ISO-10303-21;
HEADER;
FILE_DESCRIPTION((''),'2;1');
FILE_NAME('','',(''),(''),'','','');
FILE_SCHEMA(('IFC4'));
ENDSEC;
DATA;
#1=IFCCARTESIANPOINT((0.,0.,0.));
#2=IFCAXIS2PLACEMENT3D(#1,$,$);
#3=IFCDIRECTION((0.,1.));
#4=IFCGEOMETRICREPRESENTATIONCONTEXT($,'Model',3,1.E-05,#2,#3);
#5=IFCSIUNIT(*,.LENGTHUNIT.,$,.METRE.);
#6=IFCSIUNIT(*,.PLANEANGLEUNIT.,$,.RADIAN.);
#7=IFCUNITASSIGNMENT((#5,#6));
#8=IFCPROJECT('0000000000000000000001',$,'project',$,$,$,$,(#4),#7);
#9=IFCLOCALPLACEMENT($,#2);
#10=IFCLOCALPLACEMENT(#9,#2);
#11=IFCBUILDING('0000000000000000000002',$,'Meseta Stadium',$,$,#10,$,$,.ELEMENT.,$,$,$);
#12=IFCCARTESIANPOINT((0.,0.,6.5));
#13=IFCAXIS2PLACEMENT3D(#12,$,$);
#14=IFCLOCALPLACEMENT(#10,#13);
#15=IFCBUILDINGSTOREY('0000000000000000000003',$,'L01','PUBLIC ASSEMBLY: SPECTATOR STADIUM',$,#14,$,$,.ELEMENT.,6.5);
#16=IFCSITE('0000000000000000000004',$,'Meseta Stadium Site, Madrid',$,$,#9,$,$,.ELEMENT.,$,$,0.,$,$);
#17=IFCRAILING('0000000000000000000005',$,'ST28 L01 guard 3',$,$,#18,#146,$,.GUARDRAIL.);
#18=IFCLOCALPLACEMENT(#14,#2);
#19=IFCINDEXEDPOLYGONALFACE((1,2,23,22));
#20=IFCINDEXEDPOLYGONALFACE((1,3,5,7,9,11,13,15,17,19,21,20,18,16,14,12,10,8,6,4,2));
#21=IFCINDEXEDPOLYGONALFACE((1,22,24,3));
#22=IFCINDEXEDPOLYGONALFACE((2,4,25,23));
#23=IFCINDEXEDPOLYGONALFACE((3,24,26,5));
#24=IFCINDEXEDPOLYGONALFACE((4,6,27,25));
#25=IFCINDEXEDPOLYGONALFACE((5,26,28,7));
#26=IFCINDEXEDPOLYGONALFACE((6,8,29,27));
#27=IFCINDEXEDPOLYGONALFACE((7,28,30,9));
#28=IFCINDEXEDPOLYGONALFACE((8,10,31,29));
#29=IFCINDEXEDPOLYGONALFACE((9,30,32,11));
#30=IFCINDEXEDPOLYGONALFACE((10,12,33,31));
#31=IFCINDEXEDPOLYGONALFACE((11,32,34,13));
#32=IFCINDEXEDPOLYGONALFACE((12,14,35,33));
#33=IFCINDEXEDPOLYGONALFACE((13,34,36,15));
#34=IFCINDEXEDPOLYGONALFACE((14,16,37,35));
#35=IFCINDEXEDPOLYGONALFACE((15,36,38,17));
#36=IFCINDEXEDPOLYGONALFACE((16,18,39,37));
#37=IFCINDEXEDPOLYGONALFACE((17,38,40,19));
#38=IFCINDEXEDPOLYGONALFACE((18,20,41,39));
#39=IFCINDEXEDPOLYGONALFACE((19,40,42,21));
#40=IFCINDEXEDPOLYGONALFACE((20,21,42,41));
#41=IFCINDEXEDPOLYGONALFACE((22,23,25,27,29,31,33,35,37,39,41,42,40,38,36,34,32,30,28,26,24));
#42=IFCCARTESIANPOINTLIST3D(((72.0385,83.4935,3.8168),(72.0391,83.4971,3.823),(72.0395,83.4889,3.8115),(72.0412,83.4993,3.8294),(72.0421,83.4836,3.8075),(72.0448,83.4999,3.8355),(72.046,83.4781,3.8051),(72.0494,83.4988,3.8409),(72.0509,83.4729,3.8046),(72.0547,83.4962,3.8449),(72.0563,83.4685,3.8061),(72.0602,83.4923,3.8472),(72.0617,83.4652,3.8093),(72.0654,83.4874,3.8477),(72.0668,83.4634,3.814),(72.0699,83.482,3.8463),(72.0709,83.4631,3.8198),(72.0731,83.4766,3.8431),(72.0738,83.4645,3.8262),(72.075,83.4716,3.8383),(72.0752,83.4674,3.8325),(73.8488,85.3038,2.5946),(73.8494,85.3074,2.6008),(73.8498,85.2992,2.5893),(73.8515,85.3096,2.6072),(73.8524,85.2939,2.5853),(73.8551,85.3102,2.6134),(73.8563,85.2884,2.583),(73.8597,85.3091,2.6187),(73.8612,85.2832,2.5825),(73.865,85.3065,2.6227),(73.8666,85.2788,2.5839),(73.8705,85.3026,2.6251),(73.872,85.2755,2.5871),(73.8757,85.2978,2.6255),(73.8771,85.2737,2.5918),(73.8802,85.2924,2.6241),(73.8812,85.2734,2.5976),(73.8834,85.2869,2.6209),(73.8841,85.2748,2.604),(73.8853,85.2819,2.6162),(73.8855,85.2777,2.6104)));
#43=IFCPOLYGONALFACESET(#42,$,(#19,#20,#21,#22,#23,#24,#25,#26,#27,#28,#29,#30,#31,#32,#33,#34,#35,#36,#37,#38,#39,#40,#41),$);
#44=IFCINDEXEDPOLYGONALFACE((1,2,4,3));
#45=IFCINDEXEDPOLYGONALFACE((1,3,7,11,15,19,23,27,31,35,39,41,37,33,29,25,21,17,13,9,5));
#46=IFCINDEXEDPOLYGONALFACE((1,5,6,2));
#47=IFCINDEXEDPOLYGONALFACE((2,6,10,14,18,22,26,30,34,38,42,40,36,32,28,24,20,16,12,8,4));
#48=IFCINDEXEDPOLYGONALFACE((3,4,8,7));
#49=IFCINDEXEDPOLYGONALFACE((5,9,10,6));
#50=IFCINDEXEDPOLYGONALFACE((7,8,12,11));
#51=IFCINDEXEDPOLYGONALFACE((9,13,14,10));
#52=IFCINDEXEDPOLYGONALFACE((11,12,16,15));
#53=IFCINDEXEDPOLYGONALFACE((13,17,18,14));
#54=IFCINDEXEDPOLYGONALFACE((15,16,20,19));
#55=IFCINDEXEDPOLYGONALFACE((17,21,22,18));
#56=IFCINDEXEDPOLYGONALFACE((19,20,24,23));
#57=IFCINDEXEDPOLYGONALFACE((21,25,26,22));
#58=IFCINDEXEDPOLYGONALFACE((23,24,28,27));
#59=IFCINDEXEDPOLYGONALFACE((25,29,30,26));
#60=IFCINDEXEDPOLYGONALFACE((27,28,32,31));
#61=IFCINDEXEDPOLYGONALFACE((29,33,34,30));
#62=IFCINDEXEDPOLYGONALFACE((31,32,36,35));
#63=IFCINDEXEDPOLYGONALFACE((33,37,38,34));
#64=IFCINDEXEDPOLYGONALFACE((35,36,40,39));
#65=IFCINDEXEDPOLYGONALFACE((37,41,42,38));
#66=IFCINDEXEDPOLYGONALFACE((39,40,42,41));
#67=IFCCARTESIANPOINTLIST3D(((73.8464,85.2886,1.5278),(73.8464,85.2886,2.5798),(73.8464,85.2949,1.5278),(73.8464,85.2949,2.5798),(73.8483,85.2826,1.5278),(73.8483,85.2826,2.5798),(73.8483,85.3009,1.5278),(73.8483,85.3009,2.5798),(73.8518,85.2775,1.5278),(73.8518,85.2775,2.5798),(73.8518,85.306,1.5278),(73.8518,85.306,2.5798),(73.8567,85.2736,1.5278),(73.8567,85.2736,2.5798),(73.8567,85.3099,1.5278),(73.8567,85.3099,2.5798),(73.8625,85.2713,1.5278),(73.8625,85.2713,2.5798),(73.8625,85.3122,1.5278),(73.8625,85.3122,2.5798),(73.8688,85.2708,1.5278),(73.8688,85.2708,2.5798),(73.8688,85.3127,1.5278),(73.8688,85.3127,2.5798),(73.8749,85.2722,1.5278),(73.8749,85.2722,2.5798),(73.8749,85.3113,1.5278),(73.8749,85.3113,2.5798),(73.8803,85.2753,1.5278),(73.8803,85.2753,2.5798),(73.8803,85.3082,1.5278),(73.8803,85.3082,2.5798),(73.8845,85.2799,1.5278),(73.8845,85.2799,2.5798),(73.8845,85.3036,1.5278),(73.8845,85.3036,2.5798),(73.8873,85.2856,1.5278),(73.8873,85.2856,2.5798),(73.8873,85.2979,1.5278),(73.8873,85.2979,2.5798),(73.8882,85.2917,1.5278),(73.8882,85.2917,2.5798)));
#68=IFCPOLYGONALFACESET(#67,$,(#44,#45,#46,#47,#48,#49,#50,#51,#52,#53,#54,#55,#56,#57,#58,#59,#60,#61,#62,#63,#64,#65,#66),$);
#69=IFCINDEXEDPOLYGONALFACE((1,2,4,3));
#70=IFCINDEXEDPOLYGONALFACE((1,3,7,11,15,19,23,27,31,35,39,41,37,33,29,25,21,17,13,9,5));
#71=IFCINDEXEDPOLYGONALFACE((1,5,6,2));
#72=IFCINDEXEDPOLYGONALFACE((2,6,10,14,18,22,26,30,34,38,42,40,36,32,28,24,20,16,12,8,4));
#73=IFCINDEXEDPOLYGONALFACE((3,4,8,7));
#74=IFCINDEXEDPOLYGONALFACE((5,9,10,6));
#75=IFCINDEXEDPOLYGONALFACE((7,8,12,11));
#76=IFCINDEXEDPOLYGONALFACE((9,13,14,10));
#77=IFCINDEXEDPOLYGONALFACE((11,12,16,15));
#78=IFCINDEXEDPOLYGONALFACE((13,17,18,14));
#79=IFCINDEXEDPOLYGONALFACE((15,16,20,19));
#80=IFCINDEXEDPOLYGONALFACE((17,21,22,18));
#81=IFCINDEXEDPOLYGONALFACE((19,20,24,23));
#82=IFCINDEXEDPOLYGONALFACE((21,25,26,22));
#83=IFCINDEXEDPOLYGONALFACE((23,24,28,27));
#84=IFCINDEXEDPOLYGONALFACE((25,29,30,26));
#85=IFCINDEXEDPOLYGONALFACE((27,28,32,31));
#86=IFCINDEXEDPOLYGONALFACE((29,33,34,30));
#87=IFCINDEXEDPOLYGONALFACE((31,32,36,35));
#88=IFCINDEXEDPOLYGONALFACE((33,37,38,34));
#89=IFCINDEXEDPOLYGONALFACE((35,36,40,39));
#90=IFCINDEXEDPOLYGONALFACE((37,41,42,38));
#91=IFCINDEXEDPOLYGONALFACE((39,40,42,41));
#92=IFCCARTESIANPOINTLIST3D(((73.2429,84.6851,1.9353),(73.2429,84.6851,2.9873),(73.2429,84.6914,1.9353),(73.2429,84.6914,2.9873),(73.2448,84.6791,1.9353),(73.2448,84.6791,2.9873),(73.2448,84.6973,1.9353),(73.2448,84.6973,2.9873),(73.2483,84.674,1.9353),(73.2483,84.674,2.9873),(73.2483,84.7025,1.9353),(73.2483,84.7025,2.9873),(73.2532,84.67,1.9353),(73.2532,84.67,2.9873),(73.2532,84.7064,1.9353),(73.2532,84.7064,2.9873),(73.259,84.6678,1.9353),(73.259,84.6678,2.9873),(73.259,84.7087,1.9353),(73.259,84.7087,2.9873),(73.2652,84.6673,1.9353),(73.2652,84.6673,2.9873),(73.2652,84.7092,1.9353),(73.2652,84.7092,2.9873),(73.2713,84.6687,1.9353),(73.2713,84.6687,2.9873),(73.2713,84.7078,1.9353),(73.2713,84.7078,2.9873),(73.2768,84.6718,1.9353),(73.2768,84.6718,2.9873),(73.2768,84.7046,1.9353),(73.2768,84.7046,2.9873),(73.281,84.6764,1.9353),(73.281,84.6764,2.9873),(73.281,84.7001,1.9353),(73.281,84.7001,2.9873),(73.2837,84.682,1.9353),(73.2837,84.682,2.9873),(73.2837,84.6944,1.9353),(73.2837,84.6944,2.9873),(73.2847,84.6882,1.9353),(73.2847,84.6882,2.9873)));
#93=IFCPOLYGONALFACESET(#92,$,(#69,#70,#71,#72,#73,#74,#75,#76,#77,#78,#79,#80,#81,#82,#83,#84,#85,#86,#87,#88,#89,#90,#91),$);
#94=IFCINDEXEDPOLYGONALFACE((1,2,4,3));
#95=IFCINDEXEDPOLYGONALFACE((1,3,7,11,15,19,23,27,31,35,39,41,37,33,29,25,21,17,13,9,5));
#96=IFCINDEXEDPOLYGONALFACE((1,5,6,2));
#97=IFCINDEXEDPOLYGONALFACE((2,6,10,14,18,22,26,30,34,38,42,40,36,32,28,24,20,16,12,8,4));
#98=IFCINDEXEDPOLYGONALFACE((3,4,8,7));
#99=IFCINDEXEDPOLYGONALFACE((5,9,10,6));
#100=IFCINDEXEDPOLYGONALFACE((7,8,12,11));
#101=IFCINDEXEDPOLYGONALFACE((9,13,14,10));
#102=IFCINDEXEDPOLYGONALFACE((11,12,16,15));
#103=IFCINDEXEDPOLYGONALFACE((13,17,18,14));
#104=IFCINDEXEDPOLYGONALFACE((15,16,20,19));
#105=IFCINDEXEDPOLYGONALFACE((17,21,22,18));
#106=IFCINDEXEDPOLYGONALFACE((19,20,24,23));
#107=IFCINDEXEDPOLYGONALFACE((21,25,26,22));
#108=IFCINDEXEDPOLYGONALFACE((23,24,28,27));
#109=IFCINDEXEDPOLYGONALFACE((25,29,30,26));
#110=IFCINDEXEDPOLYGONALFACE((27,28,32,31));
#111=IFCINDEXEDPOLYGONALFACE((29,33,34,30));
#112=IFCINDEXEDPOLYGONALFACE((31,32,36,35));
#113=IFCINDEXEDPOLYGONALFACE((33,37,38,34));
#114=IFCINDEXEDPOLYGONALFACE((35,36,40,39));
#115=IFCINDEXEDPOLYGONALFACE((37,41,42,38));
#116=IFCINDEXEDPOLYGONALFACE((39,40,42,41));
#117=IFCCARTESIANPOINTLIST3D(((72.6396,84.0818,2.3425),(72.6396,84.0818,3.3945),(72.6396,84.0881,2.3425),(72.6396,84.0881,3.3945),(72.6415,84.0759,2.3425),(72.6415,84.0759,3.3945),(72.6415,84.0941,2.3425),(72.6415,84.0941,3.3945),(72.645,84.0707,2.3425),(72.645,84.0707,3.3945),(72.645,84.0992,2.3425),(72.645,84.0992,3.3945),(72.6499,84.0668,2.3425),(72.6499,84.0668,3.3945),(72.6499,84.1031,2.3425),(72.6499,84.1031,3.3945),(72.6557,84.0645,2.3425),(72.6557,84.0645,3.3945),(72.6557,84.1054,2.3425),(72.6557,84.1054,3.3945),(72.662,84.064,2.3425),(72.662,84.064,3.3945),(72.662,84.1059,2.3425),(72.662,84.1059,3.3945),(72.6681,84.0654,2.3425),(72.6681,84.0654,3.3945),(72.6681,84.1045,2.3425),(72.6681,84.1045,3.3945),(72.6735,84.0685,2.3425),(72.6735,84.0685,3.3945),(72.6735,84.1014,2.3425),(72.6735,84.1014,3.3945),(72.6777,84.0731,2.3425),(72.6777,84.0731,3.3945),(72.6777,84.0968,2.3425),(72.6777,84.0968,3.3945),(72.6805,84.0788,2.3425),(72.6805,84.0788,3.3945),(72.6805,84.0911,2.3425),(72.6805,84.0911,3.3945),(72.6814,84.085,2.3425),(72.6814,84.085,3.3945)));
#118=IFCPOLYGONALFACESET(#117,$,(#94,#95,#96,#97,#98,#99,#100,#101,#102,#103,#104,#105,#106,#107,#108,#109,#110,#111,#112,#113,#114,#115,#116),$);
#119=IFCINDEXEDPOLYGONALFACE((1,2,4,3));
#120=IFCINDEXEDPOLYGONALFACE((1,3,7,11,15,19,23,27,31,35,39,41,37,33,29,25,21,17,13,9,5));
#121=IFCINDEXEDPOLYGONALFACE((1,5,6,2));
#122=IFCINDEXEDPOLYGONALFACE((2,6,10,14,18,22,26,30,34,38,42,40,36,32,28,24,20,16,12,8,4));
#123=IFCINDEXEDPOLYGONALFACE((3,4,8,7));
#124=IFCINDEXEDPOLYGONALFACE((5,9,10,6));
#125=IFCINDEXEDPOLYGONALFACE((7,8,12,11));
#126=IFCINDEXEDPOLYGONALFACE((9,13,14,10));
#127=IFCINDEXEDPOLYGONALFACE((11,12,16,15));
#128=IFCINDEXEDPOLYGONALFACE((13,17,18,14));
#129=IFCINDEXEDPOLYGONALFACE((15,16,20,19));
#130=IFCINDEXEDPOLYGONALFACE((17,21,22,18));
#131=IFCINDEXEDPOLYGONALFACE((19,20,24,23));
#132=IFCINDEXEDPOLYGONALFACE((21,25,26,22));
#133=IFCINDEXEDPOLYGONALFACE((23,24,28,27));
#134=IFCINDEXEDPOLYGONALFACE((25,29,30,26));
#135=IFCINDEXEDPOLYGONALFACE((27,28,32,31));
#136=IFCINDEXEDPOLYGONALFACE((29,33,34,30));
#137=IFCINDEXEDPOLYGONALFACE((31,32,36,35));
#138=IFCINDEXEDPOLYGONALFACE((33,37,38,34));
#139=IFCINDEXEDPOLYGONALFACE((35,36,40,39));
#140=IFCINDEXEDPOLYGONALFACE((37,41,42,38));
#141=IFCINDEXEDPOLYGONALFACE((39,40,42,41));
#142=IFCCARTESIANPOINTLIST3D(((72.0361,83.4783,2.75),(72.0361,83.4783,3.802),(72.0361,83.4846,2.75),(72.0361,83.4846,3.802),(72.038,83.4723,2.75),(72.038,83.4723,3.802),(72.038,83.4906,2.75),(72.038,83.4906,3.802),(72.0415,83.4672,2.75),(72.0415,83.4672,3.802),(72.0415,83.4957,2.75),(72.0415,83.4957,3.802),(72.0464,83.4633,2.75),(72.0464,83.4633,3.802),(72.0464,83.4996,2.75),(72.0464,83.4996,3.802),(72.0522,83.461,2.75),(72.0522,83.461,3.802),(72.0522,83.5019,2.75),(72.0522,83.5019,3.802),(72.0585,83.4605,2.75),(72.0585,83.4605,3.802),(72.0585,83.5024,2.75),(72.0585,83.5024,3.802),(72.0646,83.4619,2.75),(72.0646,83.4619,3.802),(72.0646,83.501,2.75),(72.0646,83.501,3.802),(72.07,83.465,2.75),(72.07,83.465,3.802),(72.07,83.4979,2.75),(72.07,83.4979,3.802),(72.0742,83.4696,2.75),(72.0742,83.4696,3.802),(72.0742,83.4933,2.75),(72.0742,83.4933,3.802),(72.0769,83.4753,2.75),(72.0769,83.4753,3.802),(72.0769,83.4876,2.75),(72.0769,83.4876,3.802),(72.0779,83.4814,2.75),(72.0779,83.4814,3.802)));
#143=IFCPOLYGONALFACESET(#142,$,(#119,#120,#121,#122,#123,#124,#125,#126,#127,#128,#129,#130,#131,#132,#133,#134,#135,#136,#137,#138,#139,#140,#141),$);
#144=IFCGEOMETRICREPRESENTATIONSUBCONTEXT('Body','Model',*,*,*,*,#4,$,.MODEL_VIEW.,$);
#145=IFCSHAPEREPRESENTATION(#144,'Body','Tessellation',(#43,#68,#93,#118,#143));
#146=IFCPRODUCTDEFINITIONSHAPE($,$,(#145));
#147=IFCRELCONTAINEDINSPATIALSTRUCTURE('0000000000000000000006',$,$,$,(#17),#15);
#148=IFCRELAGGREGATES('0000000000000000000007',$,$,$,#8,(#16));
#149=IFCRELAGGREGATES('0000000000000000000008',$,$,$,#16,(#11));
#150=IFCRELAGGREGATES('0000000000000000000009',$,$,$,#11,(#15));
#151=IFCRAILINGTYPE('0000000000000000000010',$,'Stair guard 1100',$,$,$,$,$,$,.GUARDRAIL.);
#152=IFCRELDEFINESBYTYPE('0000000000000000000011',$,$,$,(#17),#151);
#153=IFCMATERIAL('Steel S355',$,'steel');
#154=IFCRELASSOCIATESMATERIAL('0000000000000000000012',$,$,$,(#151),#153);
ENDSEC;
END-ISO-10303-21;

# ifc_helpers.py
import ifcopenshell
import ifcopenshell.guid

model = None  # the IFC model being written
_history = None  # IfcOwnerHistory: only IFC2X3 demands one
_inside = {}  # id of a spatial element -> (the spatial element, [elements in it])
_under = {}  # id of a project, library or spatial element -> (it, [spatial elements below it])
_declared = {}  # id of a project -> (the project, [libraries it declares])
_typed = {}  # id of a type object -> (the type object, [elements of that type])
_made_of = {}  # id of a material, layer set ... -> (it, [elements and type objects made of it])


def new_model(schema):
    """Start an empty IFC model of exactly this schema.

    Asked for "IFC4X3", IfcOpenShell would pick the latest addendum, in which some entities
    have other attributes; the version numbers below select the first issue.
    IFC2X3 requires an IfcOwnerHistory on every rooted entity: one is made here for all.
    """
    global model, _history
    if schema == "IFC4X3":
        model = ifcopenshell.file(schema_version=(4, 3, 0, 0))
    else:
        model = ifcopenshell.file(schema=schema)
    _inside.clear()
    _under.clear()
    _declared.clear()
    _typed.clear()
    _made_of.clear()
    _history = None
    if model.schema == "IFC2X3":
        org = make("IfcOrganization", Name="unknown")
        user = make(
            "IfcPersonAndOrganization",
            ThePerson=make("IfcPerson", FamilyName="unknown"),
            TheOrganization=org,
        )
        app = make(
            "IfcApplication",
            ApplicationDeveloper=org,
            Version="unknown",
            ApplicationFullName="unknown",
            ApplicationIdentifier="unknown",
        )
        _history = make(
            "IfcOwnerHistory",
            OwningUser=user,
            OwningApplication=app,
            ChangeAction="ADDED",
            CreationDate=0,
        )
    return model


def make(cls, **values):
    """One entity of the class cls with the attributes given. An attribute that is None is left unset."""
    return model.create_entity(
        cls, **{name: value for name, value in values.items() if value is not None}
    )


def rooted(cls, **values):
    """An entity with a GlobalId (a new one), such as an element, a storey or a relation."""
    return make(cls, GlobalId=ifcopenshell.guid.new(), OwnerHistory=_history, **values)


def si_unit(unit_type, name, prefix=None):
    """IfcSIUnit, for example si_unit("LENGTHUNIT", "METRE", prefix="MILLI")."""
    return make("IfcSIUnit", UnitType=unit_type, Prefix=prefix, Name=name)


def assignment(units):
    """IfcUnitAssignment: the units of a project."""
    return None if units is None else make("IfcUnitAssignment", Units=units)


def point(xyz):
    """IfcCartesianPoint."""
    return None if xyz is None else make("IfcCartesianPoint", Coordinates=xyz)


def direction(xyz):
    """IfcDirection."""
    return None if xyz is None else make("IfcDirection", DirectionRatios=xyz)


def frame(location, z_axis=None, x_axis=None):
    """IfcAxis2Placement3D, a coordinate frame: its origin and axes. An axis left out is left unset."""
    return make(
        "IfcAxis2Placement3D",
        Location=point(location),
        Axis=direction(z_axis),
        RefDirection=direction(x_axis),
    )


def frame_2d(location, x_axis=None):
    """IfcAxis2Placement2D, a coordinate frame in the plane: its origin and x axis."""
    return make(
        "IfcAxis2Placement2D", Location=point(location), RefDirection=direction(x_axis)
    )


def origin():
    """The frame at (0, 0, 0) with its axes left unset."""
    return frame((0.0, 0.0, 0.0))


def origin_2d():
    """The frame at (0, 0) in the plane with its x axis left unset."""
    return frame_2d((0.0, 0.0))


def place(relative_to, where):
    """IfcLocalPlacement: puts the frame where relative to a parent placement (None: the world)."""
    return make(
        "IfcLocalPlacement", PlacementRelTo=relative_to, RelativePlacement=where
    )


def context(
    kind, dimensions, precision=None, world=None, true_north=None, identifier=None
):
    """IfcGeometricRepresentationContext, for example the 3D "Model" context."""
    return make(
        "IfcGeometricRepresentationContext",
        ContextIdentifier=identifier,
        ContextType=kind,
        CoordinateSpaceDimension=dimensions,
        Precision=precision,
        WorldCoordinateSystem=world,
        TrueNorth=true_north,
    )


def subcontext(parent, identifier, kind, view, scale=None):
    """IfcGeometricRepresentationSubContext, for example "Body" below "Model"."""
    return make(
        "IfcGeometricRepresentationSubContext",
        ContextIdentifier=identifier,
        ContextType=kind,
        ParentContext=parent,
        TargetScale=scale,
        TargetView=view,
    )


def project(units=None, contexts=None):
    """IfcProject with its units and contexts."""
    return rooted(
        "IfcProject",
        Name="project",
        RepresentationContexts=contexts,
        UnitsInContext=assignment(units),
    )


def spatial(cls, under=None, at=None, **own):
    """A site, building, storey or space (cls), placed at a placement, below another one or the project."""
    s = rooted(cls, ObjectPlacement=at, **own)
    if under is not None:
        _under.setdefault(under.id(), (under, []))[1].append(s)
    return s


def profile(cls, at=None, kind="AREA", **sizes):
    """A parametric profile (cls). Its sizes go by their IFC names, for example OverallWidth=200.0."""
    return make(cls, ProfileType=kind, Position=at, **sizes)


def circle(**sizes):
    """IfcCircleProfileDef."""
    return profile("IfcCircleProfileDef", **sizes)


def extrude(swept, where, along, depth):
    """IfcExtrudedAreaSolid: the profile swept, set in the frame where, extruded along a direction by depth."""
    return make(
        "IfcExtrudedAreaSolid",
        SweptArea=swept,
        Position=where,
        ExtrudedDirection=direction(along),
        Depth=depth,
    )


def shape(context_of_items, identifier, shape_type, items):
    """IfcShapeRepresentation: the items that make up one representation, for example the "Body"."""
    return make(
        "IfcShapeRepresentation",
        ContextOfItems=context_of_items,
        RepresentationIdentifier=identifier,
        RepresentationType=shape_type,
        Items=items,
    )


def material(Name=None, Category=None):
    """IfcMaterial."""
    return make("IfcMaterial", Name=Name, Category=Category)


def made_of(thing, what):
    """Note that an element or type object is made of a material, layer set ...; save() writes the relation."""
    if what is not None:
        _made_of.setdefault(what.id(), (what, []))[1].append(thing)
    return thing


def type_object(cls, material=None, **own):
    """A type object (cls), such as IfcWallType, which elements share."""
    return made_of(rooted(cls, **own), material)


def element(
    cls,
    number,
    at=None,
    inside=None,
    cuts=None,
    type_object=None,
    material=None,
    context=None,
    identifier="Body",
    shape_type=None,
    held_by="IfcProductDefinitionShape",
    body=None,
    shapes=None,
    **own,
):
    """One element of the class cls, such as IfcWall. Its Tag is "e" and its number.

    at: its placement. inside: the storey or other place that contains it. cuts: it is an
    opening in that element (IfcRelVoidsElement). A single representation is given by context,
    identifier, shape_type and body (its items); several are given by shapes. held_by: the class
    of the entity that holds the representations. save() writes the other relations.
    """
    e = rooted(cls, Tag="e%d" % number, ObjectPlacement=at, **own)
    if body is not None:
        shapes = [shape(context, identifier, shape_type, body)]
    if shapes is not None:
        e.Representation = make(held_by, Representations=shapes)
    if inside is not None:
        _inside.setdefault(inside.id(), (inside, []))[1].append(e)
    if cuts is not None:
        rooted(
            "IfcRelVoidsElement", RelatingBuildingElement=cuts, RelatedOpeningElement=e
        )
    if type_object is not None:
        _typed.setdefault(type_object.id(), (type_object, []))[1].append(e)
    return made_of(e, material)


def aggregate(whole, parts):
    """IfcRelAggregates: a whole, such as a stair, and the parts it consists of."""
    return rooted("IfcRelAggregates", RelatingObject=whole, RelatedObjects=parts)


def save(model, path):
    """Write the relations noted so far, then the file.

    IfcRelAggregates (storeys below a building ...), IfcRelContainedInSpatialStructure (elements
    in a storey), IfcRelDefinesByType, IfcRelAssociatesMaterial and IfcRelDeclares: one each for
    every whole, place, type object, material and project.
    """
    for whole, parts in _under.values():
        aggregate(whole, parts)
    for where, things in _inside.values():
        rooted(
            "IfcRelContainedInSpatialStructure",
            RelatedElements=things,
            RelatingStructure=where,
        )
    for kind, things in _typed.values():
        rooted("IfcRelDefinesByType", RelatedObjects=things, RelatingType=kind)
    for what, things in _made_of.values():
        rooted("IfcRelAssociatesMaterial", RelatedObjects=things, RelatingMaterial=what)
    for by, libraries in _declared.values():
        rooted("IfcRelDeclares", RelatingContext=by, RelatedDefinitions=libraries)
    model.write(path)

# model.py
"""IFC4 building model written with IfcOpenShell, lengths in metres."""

from ifc_helpers import new_model, si_unit, direction, frame, origin, origin_2d, place, context, subcontext, project, spatial, circle, extrude, material, type_object, element, save


model = new_model("IFC4")

# Units and contexts
model_context = context("Model", 3, precision=1e-05, world=origin(), true_north=direction((0.0, 1.0)))
body_context = subcontext(model_context, "Body", "Model", "MODEL_VIEW")
ifc_project = project(units=[si_unit("LENGTHUNIT", "METRE"), si_unit("PLANEANGLEUNIT", "RADIAN")], contexts=[model_context])

# Site, building, storey
site_placement = place(None, origin())
site = spatial("IfcSite", under=ifc_project, at=site_placement, Name="Meseta Stadium Site, Madrid", CompositionType="ELEMENT", RefElevation=0.0)
building_placement = place(site_placement, origin())
building = spatial("IfcBuilding", under=site, at=building_placement, Name="Meseta Stadium", CompositionType="ELEMENT")
storey_placement = place(building_placement, frame((0.0, 0.0, 6.5)))
storey = spatial("IfcBuildingStorey", under=building, at=storey_placement, Name="L01", Description="PUBLIC ASSEMBLY: SPECTATOR STADIUM", CompositionType="ELEMENT", Elevation=6.5)

# Railing
ifc_material_1 = material(Name="Steel S355", Category="steel")
railing_type_1 = type_object("IfcRailingType", Name="Stair guard 1100", PredefinedType="GUARDRAIL", material=ifc_material_1)
railing_placement = place(storey_placement, frame((73.8672, 85.2917, 1.5278)))
element("IfcRailing", 1, at=railing_placement, inside=storey, type_object=railing_type_1, Name="ST28 L01 guard 3", PredefinedType="GUARDRAIL", context=body_context, shape_type="SweptSolid", body=[
    extrude(circle(Radius=0.0239, at=origin_2d()), frame((0.0, 0.0, 1.0762), z_axis=(-0.638124, -0.638124, 0.430809), x_axis=(0.707107, -0.707107, 0.0)), (0.0, 0.0, 1.0), 2.8369),
    extrude(circle(Radius=0.021, at=origin_2d()), origin(), (0.0, 0.0, 1.0), 1.052),
    extrude(circle(Radius=0.021, at=origin_2d()), frame((-0.6035, -0.6035, 0.4075)), (0.0, 0.0, 1.0), 1.052),
    extrude(circle(Radius=0.021, at=origin_2d()), frame((-1.2068, -1.2068, 0.8147)), (0.0, 0.0, 1.0), 1.052),
    extrude(circle(Radius=0.021, at=origin_2d()), frame((-1.8103, -1.8103, 1.2222)), (0.0, 0.0, 1.0), 1.052),
])

save(model, "model.ifc")
